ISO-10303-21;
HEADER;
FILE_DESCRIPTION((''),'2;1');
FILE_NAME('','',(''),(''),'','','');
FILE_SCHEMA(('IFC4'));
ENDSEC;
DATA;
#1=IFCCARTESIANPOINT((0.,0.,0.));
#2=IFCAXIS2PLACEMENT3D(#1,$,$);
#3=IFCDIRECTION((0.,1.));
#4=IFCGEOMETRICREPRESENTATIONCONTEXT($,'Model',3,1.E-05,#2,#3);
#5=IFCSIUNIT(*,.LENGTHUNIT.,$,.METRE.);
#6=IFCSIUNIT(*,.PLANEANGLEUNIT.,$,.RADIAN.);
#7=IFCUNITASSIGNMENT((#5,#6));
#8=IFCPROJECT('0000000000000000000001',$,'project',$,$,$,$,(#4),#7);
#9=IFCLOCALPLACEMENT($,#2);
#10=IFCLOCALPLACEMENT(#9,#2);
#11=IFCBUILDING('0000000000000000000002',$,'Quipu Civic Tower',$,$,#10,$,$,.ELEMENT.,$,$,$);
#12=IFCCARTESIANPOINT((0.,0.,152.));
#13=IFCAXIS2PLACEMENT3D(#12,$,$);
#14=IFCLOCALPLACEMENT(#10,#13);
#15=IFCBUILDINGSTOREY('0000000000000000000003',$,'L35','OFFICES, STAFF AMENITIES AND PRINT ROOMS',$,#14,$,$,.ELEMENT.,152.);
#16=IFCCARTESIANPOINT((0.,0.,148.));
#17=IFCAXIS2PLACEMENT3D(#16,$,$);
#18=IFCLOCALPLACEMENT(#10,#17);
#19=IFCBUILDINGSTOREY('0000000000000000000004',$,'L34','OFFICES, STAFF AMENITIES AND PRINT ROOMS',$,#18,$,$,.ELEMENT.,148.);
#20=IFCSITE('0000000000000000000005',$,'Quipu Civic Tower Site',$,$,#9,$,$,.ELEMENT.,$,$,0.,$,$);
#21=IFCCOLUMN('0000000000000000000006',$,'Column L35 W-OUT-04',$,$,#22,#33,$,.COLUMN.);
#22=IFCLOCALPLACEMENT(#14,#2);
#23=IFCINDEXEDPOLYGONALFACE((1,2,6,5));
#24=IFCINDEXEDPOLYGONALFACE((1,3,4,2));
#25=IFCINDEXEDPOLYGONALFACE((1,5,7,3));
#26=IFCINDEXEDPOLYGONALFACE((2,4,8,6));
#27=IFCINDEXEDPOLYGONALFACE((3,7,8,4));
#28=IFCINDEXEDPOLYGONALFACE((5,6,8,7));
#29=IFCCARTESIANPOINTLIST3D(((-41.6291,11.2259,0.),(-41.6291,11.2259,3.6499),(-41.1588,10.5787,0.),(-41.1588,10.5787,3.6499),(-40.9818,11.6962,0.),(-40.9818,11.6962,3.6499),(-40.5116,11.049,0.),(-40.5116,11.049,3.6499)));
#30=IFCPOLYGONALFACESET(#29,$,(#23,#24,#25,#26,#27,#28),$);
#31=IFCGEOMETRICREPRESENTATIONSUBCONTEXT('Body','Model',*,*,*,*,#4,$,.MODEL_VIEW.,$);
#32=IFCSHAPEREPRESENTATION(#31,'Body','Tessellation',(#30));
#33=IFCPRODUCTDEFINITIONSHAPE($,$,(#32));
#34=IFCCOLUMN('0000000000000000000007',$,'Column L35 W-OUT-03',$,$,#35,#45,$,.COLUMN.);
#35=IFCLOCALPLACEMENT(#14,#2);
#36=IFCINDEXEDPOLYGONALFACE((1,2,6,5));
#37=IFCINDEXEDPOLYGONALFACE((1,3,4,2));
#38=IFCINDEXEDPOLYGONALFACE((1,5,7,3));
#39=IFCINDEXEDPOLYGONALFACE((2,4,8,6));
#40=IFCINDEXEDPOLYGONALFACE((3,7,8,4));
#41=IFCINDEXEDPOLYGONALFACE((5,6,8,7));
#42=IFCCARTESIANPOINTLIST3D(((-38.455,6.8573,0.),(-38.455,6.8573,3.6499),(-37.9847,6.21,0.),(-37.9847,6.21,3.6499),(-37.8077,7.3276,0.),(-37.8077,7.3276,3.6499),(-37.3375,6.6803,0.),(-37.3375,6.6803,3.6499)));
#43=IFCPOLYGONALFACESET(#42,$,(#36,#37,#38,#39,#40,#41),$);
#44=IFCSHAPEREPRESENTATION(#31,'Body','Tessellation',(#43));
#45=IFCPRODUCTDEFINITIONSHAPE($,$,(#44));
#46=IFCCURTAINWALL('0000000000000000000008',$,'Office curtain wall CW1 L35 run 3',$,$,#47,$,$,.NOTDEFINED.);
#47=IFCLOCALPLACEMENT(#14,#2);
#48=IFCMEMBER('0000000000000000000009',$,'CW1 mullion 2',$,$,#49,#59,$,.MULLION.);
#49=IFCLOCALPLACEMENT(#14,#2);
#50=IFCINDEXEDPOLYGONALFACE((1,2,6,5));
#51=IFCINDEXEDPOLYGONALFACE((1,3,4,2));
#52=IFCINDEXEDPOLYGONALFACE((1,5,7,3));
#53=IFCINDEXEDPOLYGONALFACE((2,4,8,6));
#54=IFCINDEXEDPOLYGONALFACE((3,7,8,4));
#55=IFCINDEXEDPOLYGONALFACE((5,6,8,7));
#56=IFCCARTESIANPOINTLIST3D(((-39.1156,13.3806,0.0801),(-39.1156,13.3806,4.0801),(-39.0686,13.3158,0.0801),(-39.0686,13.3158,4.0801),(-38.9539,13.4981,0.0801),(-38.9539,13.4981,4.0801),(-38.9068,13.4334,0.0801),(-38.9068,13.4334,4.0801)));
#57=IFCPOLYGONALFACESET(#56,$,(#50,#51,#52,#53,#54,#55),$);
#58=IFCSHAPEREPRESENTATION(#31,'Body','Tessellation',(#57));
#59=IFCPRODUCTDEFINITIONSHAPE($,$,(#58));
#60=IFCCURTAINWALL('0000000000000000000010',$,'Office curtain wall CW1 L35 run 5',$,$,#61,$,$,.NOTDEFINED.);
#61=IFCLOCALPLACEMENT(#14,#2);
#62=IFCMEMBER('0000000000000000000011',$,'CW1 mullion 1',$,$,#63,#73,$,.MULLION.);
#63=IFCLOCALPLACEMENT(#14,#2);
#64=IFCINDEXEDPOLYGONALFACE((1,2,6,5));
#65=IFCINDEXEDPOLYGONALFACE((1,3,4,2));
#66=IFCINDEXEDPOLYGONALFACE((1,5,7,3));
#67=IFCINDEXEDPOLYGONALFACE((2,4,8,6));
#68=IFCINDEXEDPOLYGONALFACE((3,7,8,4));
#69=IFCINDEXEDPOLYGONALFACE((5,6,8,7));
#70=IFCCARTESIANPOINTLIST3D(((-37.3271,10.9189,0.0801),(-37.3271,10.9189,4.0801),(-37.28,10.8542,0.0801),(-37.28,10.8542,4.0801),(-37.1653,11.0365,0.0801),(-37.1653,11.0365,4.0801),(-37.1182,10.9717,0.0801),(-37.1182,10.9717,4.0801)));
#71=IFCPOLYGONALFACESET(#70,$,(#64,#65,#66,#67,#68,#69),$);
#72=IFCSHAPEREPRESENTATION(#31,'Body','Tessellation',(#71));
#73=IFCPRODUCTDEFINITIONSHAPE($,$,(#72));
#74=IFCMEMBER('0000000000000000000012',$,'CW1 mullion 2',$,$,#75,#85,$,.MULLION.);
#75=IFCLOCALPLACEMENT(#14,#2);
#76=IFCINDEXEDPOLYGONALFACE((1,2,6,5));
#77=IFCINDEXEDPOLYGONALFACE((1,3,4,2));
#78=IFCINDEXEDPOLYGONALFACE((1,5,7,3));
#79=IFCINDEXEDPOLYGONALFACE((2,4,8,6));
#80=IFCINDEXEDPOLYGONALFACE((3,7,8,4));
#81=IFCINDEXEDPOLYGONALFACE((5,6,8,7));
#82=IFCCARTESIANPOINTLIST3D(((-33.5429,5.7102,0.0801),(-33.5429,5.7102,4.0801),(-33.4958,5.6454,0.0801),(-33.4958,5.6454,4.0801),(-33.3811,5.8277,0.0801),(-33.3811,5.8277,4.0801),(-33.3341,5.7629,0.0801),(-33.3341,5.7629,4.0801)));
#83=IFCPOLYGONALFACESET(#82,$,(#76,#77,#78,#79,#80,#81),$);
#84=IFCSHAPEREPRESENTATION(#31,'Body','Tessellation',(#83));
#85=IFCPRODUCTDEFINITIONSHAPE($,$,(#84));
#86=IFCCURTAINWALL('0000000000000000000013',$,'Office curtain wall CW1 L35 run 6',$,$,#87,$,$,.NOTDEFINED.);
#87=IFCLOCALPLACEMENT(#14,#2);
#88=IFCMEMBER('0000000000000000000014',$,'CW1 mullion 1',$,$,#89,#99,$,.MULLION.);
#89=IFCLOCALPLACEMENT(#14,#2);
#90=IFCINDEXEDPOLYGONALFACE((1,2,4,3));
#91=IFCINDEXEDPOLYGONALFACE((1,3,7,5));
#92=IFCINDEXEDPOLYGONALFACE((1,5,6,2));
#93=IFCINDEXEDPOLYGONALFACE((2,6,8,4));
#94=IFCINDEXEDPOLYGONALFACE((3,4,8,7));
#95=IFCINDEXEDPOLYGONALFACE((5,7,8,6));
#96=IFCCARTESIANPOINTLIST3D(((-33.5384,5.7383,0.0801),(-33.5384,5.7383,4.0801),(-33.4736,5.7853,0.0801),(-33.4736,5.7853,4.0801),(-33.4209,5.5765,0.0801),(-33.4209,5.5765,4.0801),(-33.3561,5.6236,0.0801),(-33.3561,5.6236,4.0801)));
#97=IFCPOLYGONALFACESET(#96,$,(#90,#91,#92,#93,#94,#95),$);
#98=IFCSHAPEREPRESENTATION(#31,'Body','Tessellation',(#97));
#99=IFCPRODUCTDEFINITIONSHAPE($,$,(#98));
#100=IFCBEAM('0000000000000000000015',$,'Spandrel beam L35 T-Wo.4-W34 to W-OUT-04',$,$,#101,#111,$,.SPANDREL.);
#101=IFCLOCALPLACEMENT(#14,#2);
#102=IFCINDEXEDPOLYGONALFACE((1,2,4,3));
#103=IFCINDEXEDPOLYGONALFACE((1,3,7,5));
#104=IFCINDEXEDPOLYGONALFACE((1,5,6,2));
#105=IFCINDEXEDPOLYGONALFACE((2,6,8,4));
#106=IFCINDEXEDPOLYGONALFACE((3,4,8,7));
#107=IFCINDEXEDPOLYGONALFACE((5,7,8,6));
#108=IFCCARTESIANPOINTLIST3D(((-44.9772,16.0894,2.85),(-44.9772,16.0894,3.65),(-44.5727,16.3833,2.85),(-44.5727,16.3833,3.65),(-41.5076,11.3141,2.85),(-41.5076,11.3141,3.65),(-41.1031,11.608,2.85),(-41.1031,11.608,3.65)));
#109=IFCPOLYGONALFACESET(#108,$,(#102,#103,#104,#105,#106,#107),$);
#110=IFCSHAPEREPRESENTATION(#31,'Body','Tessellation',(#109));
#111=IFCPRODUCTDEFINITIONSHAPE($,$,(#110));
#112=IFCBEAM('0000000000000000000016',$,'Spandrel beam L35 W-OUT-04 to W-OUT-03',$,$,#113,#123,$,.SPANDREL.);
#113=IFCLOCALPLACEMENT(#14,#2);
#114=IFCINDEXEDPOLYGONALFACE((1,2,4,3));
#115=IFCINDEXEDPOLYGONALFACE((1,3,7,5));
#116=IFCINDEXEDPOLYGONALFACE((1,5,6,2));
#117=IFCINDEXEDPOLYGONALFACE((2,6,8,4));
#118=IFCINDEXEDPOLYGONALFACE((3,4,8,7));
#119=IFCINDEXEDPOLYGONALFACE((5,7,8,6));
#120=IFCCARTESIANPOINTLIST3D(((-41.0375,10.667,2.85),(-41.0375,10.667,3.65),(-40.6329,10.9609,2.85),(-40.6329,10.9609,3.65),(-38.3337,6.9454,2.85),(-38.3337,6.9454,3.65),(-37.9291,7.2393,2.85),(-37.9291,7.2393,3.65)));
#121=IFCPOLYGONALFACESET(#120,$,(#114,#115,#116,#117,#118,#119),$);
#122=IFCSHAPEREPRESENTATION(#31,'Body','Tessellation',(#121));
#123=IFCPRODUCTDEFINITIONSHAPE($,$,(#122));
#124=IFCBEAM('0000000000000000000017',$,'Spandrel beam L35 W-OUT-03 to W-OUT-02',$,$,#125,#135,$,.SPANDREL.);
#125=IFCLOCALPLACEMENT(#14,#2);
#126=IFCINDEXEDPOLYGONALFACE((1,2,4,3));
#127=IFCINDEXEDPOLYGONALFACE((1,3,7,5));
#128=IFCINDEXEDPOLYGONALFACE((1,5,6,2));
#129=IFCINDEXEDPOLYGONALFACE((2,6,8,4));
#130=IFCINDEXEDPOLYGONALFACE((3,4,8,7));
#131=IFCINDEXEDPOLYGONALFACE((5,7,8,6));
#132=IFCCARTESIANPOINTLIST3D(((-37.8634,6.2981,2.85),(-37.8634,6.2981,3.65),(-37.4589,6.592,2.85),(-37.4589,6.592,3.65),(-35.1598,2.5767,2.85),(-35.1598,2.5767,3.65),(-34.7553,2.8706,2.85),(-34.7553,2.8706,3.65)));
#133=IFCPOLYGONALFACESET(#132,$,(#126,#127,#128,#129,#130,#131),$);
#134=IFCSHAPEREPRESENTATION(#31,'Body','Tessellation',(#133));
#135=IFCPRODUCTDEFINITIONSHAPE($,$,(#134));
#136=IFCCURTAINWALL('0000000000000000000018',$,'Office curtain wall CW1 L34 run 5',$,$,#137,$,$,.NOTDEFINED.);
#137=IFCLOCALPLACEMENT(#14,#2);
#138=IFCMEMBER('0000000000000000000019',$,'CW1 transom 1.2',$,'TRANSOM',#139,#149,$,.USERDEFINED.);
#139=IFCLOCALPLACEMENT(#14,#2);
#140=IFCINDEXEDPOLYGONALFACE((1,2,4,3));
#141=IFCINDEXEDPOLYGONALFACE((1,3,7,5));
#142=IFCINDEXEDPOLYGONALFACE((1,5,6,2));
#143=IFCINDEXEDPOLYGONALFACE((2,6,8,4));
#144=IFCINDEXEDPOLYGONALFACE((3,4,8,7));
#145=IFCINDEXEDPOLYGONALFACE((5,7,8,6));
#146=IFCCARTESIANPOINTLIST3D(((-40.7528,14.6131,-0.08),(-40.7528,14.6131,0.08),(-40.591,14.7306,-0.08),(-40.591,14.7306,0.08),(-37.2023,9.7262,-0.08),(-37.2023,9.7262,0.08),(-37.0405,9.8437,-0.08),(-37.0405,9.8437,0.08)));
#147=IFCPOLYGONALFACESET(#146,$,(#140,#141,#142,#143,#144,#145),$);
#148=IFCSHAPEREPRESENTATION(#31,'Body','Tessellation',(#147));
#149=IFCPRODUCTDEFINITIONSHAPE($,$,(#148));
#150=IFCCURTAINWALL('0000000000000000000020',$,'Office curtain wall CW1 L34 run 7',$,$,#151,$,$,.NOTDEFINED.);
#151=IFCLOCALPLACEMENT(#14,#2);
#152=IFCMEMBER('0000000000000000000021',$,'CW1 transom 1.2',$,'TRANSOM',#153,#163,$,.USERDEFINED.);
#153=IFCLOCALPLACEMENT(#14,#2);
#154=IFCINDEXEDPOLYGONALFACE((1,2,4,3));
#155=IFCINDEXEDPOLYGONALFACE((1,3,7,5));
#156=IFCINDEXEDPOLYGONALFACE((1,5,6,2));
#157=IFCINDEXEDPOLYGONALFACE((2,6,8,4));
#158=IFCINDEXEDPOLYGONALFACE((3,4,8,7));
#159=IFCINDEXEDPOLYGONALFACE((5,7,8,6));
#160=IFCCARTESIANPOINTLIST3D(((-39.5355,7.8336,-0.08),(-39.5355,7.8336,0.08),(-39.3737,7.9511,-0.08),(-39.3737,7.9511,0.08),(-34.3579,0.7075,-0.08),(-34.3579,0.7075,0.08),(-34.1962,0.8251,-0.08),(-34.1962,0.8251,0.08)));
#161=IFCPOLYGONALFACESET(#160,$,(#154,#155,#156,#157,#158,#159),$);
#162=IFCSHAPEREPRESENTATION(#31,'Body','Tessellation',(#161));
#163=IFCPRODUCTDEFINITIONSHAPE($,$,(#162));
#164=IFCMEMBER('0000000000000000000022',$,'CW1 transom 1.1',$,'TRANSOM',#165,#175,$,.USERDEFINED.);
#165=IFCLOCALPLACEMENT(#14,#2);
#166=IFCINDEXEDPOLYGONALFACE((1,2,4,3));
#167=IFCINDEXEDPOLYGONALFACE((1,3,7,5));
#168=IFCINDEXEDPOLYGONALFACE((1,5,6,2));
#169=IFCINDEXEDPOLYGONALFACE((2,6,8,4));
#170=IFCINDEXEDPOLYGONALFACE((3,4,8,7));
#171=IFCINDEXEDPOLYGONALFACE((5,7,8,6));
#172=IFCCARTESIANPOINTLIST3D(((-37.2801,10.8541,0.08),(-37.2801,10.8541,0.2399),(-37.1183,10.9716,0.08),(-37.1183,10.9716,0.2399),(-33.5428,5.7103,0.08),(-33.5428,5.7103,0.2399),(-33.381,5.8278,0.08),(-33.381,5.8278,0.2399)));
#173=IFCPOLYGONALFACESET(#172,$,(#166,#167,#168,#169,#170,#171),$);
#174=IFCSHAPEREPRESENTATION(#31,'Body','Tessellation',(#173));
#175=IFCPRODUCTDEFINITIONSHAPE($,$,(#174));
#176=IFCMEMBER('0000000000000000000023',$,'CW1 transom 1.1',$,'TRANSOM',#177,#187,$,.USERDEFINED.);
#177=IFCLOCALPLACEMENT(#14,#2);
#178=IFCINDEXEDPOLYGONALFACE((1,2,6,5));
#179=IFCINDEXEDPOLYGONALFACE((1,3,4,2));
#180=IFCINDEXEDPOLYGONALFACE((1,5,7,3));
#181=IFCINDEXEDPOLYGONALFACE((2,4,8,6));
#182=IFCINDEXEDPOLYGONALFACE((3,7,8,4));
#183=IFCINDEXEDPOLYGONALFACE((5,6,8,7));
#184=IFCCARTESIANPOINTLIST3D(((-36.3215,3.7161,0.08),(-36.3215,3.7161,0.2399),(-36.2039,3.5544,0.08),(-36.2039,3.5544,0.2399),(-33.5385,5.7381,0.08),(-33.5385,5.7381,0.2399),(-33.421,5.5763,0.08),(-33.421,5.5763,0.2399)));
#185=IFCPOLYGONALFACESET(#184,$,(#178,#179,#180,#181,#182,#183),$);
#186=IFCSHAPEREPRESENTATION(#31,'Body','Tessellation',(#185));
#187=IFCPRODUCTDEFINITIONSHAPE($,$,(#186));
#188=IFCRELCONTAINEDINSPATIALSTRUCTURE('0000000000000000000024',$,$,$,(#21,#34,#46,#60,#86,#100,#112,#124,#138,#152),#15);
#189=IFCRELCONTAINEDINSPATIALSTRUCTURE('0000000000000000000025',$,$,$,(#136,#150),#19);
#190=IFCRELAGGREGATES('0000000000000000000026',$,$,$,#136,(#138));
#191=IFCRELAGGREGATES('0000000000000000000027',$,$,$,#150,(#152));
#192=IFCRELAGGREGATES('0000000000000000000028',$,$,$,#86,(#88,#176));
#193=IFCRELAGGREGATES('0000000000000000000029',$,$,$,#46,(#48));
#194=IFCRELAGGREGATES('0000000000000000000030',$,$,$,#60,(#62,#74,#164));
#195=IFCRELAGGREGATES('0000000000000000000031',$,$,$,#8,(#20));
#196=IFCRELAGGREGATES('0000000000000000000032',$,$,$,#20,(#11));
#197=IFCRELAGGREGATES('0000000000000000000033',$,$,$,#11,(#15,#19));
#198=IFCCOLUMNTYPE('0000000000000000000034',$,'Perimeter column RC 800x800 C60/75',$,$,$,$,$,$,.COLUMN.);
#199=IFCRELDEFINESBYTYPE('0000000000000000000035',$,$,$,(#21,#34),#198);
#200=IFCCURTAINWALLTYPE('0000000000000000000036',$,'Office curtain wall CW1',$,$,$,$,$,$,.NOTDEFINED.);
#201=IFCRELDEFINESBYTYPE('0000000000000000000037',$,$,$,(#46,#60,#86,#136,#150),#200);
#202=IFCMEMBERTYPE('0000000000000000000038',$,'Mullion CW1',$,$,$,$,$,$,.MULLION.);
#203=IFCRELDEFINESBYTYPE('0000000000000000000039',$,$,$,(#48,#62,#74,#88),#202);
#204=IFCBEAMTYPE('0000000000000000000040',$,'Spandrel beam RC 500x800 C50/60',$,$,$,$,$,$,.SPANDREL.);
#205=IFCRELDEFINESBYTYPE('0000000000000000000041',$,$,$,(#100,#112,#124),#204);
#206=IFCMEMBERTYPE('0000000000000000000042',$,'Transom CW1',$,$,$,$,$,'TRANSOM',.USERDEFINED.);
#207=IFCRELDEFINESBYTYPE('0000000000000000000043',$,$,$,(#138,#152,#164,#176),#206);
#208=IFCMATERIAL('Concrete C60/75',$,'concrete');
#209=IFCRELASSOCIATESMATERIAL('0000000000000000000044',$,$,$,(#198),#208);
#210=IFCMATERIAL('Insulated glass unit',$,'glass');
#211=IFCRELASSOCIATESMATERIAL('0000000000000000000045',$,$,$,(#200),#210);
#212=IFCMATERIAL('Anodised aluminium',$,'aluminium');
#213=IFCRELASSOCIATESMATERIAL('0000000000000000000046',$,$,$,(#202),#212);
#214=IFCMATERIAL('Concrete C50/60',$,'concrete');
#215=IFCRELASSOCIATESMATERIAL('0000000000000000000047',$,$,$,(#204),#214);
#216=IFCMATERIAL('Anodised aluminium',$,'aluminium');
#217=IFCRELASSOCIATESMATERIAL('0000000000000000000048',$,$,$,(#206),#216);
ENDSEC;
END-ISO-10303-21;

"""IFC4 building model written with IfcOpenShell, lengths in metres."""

from ifc_helpers import new_model, si_unit, direction, frame, origin, origin_2d, place, context, subcontext, project, spatial, rectangle, extrude, material, material_profile, profile_set, type_object, element, aggregate, save


model = new_model("IFC4")

# Units and contexts
model_context = context("Model", 3, precision=1e-05, world=origin(), true_north=direction((0.0, 1.0)))
body_context = subcontext(model_context, "Body", "Model", "MODEL_VIEW")
ifc_project = project(units=[si_unit("LENGTHUNIT", "METRE"), si_unit("PLANEANGLEUNIT", "RADIAN")], contexts=[model_context])

# Site, building, storey
site_placement = place(None, origin())
site = spatial("IfcSite", under=ifc_project, at=site_placement, Name="Quipu Civic Tower Site", CompositionType="ELEMENT", RefElevation=0.0)
building_placement = place(site_placement, origin())
building = spatial("IfcBuilding", under=site, at=building_placement, Name="Quipu Civic Tower", CompositionType="ELEMENT")
storey_1_placement = place(building_placement, frame((0.0, 0.0, 152.0)))
storey_1 = spatial("IfcBuildingStorey", under=building, at=storey_1_placement, Name="L35", Description="OFFICES, STAFF AMENITIES AND PRINT ROOMS", CompositionType="ELEMENT", Elevation=152.0)

# Columns
ifc_material_1 = material(Name="Concrete C60/75", Category="concrete")
ifc_material_profile_1 = material_profile(ifc_material_1, rectangle(XDim=0.8, YDim=0.8, at=origin_2d()), Name="RC800x800")
ifc_profile_set_1 = profile_set([ifc_material_profile_1], Name="Concrete C60/75")
column_type = type_object("IfcColumnType", Name="Perimeter column RC 800x800 C60/75", PredefinedType="COLUMN", material=ifc_profile_set_1)
for number, where, z_axis, x_axis, name in (
    (1, (-41.0703, 11.1375, 0.0), (0.0, 0.0, 1.0), (0.587785, -0.809017, 0.0), "Column L35 W-OUT-04"),
    (2, (-37.8962, 6.7688, 0.0), (0.0, 0.0, 1.0), (0.587785, -0.809017, 0.0), "Column L35 W-OUT-03"),
):
    element("IfcColumn", number, at=place(storey_1_placement, frame(where, z_axis=z_axis, x_axis=x_axis)), inside=storey_1, type_object=column_type, Name=name, PredefinedType="COLUMN", context=body_context, shape_type="SweptSolid", body=[
        extrude(rectangle(XDim=0.8, YDim=0.8, at=origin_2d()), origin(), (0.0, 0.0, 1.0), 3.6499),
    ])

# Curtain wall, member
ifc_material_2 = material(Name="Insulated glass unit", Category="glass")
curtain_wall_type = type_object("IfcCurtainWallType", Name="Office curtain wall CW1", PredefinedType="NOTDEFINED", material=ifc_material_2)
curtain_wall_1_placement = place(storey_1_placement, origin())
curtain_wall_1 = element("IfcCurtainWall", 3, at=curtain_wall_1_placement, inside=storey_1, type_object=curtain_wall_type, Name="Office curtain wall CW1 L35 run 3", PredefinedType="NOTDEFINED")
ifc_material_3 = material(Name="Anodised aluminium", Category="aluminium")
ifc_material_profile_2 = material_profile(ifc_material_3, rectangle(XDim=0.2, YDim=0.0801, at=origin_2d()), Name="RECT 200x80")
ifc_profile_set_2 = profile_set([ifc_material_profile_2], Name="Anodised aluminium")
member_type_1 = type_object("IfcMemberType", Name="Mullion CW1", PredefinedType="MULLION", material=ifc_profile_set_2)
member_1_placement = place(storey_1_placement, frame((-39.0112, 13.407, 0.0801), z_axis=(0.0, 0.0, 1.0), x_axis=(0.809018, 0.587784, 0.0)))
member_1 = element("IfcMember", 4, at=member_1_placement, type_object=member_type_1, Name="CW1 mullion 2", PredefinedType="MULLION", context=body_context, shape_type="SweptSolid", body=[
    extrude(rectangle(XDim=0.2, YDim=0.0801, at=origin_2d()), origin(), (0.0, 0.0, 1.0), 4.0),
])

# Curtain wall, members
curtain_wall_2_placement = place(storey_1_placement, origin())
curtain_wall_2 = element("IfcCurtainWall", 5, at=curtain_wall_2_placement, inside=storey_1, type_object=curtain_wall_type, Name="Office curtain wall CW1 L35 run 5", PredefinedType="NOTDEFINED")
member_2_placement = place(storey_1_placement, frame((-37.2227, 10.9453, 0.0801), z_axis=(0.0, 0.0, 1.0), x_axis=(0.809023, 0.587778, 0.0)))
member_2 = element("IfcMember", 6, at=member_2_placement, type_object=member_type_1, Name="CW1 mullion 1", PredefinedType="MULLION", context=body_context, shape_type="SweptSolid", body=[
    extrude(rectangle(XDim=0.2, YDim=0.0801, at=origin_2d()), origin(), (0.0, 0.0, 1.0), 4.0),
])
member_3_placement = place(storey_1_placement, frame((-33.4385, 5.7366, 0.0801), z_axis=(0.0, 0.0, 1.0), x_axis=(0.809023, 0.587778, 0.0)))
member_3 = element("IfcMember", 7, at=member_3_placement, type_object=member_type_1, Name="CW1 mullion 2", PredefinedType="MULLION", context=body_context, shape_type="SweptSolid", body=[
    extrude(rectangle(XDim=0.2, YDim=0.0801, at=origin_2d()), origin(), (0.0, 0.0, 1.0), 4.0),
])

# Curtain wall, member
curtain_wall_3_placement = place(storey_1_placement, origin())
curtain_wall_3 = element("IfcCurtainWall", 8, at=curtain_wall_3_placement, inside=storey_1, type_object=curtain_wall_type, Name="Office curtain wall CW1 L35 run 6", PredefinedType="NOTDEFINED")
member_4_placement = place(storey_1_placement, frame((-33.4473, 5.6809, 0.0801), z_axis=(0.0, 0.0, 1.0), x_axis=(0.587788, -0.809015, 0.0)))
member_4 = element("IfcMember", 9, at=member_4_placement, type_object=member_type_1, Name="CW1 mullion 1", PredefinedType="MULLION", context=body_context, shape_type="SweptSolid", body=[
    extrude(rectangle(XDim=0.2, YDim=0.0801, at=origin_2d()), origin(), (0.0, 0.0, 1.0), 4.0),
])

# Beams
ifc_material_4 = material(Name="Concrete C50/60", Category="concrete")
ifc_material_profile_3 = material_profile(ifc_material_4, rectangle(XDim=0.5, YDim=0.8, at=origin_2d()), Name="RC500x800")
ifc_profile_set_3 = profile_set([ifc_material_profile_3], Name="Concrete C50/60")
beam_type = type_object("IfcBeamType", Name="Spandrel beam RC 500x800 C50/60", PredefinedType="SPANDREL", material=ifc_profile_set_3)
beam_1_placement = place(storey_1_placement, frame((-44.7749, 16.2363, 3.25), z_axis=(0.5878, -0.809006, 0.0), x_axis=(0.809006, 0.5878, 0.0)))
element("IfcBeam", 10, at=beam_1_placement, inside=storey_1, type_object=beam_type, Name="Spandrel beam L35 T-Wo.4-W34 to W-OUT-04", PredefinedType="SPANDREL", context=body_context, shape_type="SweptSolid", body=[
    extrude(rectangle(XDim=0.5, YDim=0.8, at=origin_2d()), origin(), (0.0, 0.0, 1.0), 5.9026),
])
beam_2_placement = place(storey_1_placement, frame((-40.8352, 10.814, 3.25), z_axis=(0.587771, -0.809027, 0.0), x_axis=(0.809027, 0.587771, 0.0)))
element("IfcBeam", 11, at=beam_2_placement, inside=storey_1, type_object=beam_type, Name="Spandrel beam L35 W-OUT-04 to W-OUT-03", PredefinedType="SPANDREL", context=body_context, shape_type="SweptSolid", body=[
    extrude(rectangle(XDim=0.5, YDim=0.8, at=origin_2d()), origin(), (0.0, 0.0, 1.0), 4.6001),
])
beam_3_placement = place(storey_1_placement, frame((-37.6611, 6.4451, 3.25), z_axis=(0.587761, -0.809034, 0.0), x_axis=(0.809034, 0.587761, 0.0)))
element("IfcBeam", 12, at=beam_3_placement, inside=storey_1, type_object=beam_type, Name="Spandrel beam L35 W-OUT-03 to W-OUT-02", PredefinedType="SPANDREL", context=body_context, shape_type="SweptSolid", body=[
    extrude(rectangle(XDim=0.5, YDim=0.8, at=origin_2d()), origin(), (0.0, 0.0, 1.0), 4.5999),
])

# Shared definitions
storey_2_placement = place(building_placement, frame((0.0, 0.0, 148.0)))
storey_2 = spatial("IfcBuildingStorey", under=building, at=storey_2_placement, Name="L34", Description="OFFICES, STAFF AMENITIES AND PRINT ROOMS", CompositionType="ELEMENT", Elevation=148.0)

# Curtain walls, members
curtain_wall_4_placement = place(storey_2_placement, origin())
curtain_wall_4 = element("IfcCurtainWall", 13, at=curtain_wall_4_placement, inside=storey_2, type_object=curtain_wall_type, Name="Office curtain wall CW1 L34 run 5", PredefinedType="NOTDEFINED")
ifc_material_5 = material(Name="Anodised aluminium", Category="aluminium")
ifc_material_profile_4 = material_profile(ifc_material_5, rectangle(XDim=0.2, YDim=0.1599, at=origin_2d()), Name="RECT 200x160")
ifc_profile_set_4 = profile_set([ifc_material_profile_4], Name="Anodised aluminium")
member_type_2 = type_object("IfcMemberType", Name="Transom CW1", ElementType="TRANSOM", PredefinedType="USERDEFINED", material=ifc_profile_set_4)
member_5_placement = place(storey_1_placement, frame((-40.6719, 14.6719, 0.0), z_axis=(0.58778, -0.809021, 0.0), x_axis=(0.809021, 0.58778, 0.0)))
member_5 = element("IfcMember", 14, at=member_5_placement, inside=storey_1, type_object=member_type_2, Name="CW1 transom 1.2", ObjectType="TRANSOM", PredefinedType="USERDEFINED", context=body_context, shape_type="SweptSolid", body=[
    extrude(rectangle(XDim=0.2, YDim=0.1599, at=origin_2d()), origin(), (0.0, 0.0, 1.0), 6.0405),
])
aggregate(curtain_wall_4, [member_5])
curtain_wall_5_placement = place(storey_2_placement, origin())
curtain_wall_5 = element("IfcCurtainWall", 15, at=curtain_wall_5_placement, inside=storey_2, type_object=curtain_wall_type, Name="Office curtain wall CW1 L34 run 7", PredefinedType="NOTDEFINED")
member_6_placement = place(storey_1_placement, frame((-39.4546, 7.8923, 0.0), z_axis=(0.587798, -0.809008, 0.0), x_axis=(0.809008, 0.587798, 0.0)))
member_6 = element("IfcMember", 16, at=member_6_placement, inside=storey_1, type_object=member_type_2, Name="CW1 transom 1.2", ObjectType="TRANSOM", PredefinedType="USERDEFINED", context=body_context, shape_type="SweptSolid", body=[
    extrude(rectangle(XDim=0.2, YDim=0.1599, at=origin_2d()), origin(), (0.0, 0.0, 1.0), 8.8083),
])
aggregate(curtain_wall_5, [member_6])

# Members
member_7_placement = place(storey_1_placement, frame((-37.1992, 10.9128, 0.1599), z_axis=(0.587797, -0.809008, 0.0), x_axis=(0.809008, 0.587797, 0.0)))
member_7 = element("IfcMember", 17, at=member_7_placement, type_object=member_type_2, Name="CW1 transom 1.1", ObjectType="TRANSOM", PredefinedType="USERDEFINED", context=body_context, shape_type="SweptSolid", body=[
    extrude(rectangle(XDim=0.2, YDim=0.1599, at=origin_2d()), origin(), (0.0, 0.0, 1.0), 6.3582),
])
member_8_placement = place(storey_1_placement, frame((-33.4797, 5.6572, 0.1599), z_axis=(-0.809012, -0.587792, 0.0), x_axis=(0.587792, -0.809012, 0.0)))
member_8 = element("IfcMember", 18, at=member_8_placement, type_object=member_type_2, Name="CW1 transom 1.1", ObjectType="TRANSOM", PredefinedType="USERDEFINED", context=body_context, shape_type="SweptSolid", body=[
    extrude(rectangle(XDim=0.2, YDim=0.1599, at=origin_2d()), origin(), (0.0, 0.0, 1.0), 3.4399),
])
aggregate(curtain_wall_3, [member_4, member_8])

aggregate(curtain_wall_1, [member_1])
aggregate(curtain_wall_2, [member_2, member_3, member_7])

save(model, "model.ifc")
